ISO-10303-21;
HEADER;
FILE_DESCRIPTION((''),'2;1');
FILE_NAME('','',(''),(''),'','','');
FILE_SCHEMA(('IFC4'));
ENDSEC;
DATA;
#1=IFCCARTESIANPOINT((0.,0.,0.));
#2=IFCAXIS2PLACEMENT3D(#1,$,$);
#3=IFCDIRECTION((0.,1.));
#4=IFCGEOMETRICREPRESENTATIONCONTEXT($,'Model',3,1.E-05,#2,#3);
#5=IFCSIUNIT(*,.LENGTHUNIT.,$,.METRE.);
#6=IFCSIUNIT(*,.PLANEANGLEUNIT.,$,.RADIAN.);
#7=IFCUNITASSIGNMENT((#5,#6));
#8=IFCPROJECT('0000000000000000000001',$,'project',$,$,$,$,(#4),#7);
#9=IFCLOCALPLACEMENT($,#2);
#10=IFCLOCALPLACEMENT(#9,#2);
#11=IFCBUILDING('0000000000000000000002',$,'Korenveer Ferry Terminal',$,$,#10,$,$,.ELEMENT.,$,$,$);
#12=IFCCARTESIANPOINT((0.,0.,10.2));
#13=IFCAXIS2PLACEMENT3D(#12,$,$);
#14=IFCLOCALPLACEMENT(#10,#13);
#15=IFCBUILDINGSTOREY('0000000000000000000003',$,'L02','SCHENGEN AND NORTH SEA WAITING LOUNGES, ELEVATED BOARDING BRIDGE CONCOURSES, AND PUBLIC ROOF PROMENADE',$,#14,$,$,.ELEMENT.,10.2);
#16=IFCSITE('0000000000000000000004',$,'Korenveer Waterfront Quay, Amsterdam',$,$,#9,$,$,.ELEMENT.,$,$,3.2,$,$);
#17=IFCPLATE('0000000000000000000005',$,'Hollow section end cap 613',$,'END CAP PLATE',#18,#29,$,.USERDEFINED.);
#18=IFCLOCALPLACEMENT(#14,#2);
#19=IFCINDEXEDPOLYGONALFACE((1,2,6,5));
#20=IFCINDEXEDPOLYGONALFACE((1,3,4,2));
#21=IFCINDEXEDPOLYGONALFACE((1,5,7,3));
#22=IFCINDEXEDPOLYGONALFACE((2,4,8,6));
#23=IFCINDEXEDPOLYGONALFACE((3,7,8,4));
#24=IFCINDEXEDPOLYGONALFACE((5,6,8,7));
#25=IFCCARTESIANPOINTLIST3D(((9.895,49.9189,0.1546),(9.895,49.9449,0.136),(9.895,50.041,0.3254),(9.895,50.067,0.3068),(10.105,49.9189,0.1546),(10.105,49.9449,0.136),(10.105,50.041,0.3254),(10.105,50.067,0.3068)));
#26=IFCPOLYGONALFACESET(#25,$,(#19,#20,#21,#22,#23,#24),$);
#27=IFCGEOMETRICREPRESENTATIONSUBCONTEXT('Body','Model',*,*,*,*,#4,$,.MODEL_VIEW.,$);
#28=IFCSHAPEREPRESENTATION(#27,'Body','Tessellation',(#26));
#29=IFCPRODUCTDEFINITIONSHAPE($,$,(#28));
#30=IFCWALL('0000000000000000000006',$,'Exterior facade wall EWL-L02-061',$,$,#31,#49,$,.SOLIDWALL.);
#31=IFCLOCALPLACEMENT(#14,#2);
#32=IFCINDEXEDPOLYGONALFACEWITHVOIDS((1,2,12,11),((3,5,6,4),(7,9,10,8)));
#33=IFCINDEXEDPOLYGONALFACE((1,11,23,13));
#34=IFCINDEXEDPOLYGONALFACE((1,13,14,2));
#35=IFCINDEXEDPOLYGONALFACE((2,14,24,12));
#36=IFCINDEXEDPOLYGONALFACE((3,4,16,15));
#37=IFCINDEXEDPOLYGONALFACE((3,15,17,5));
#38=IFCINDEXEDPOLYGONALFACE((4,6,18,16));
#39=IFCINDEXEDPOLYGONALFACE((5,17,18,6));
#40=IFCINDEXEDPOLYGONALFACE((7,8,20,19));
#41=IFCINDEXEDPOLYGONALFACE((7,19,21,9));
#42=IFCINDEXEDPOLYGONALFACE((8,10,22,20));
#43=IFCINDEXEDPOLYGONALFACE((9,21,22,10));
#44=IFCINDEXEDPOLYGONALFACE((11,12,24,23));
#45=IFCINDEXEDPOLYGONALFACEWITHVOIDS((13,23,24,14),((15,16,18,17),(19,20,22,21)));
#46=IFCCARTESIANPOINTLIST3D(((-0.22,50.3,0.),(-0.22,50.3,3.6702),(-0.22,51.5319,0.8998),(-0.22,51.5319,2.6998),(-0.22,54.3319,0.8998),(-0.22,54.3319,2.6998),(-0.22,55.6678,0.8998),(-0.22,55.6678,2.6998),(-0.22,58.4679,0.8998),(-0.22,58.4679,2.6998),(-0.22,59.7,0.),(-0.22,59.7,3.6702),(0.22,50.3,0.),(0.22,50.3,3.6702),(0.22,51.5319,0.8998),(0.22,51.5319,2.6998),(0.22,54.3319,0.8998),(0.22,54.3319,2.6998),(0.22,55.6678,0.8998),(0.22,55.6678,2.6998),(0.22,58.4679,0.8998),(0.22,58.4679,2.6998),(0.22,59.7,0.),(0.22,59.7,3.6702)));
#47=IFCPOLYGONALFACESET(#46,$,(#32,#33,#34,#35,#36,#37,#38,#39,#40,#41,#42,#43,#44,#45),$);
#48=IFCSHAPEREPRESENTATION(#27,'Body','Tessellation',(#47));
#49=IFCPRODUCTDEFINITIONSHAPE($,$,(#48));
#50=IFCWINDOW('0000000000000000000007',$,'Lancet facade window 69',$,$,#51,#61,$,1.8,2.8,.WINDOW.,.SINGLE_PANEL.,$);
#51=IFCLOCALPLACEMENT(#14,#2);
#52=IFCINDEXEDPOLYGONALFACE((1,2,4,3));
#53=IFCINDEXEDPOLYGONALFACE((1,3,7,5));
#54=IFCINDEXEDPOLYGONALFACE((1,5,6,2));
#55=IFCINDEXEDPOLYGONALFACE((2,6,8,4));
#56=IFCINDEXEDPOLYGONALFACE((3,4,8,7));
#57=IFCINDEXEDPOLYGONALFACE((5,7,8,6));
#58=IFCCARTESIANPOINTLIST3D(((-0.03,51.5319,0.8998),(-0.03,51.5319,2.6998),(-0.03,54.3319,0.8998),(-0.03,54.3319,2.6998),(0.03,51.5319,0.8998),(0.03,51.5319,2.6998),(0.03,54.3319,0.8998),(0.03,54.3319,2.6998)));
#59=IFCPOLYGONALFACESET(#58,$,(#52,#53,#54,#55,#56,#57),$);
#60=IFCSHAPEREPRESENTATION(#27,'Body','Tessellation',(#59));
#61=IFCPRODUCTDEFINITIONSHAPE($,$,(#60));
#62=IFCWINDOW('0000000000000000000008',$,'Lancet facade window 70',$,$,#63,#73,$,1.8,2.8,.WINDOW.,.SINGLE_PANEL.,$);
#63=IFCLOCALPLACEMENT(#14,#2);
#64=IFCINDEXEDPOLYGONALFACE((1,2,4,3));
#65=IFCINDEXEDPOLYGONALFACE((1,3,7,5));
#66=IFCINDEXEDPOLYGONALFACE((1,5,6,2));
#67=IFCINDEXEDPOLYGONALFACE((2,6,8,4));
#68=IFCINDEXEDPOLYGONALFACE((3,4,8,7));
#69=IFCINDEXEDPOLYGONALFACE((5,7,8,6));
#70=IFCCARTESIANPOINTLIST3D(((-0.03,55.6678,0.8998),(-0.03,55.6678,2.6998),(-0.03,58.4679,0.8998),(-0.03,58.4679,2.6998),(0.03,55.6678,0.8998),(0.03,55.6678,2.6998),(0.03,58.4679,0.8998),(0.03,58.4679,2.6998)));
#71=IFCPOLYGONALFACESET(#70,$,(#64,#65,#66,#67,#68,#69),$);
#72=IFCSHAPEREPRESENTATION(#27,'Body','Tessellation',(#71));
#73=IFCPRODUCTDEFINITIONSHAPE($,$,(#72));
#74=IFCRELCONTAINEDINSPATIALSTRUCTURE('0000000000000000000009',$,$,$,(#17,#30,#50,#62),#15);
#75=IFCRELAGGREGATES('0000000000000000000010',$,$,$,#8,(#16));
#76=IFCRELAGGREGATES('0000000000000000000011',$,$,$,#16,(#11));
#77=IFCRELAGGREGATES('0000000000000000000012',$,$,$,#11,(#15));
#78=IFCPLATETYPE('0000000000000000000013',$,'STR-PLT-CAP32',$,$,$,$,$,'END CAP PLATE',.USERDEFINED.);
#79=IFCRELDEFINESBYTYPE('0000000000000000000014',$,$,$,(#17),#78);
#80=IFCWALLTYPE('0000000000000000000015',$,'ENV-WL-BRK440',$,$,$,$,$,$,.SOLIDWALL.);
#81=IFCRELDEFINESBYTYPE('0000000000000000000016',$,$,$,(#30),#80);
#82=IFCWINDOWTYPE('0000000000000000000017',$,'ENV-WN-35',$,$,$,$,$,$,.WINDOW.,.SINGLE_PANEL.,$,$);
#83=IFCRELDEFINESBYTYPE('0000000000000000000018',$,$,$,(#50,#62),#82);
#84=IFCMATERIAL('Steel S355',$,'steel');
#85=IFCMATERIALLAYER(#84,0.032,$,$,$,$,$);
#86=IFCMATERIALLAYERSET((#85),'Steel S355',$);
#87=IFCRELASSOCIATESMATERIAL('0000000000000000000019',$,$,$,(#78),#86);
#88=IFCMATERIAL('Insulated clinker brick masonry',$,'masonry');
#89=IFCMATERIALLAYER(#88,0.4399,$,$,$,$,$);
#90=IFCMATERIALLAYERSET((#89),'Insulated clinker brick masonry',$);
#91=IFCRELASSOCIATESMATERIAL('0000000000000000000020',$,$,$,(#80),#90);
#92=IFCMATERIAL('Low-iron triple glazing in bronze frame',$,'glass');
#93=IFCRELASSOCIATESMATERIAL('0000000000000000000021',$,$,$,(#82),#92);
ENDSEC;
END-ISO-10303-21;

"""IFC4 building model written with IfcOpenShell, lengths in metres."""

from ifc_helpers import new_model, si_unit, direction, frame, frame_2d, origin, origin_2d, place, context, subcontext, project, spatial, rectangle, extrude, material, layer, layer_set, type_object, element, fill, save


model = new_model("IFC4")

# Units and contexts
model_context = context("Model", 3, precision=1e-05, world=origin(), true_north=direction((0.0, 1.0)))
body_context = subcontext(model_context, "Body", "Model", "MODEL_VIEW")
ifc_project = project(units=[si_unit("LENGTHUNIT", "METRE"), si_unit("PLANEANGLEUNIT", "RADIAN")], contexts=[model_context])

# Site, building, storey
site_placement = place(None, origin())
site = spatial("IfcSite", under=ifc_project, at=site_placement, Name="Korenveer Waterfront Quay, Amsterdam", CompositionType="ELEMENT", RefElevation=3.2)
building_placement = place(site_placement, origin())
building = spatial("IfcBuilding", under=site, at=building_placement, Name="Korenveer Ferry Terminal", CompositionType="ELEMENT")
storey_placement = place(building_placement, frame((0.0, 0.0, 10.2)))
storey = spatial("IfcBuildingStorey", under=building, at=storey_placement, Name="L02", Description="SCHENGEN AND NORTH SEA WAITING LOUNGES, ELEVATED BOARDING BRIDGE CONCOURSES, AND PUBLIC ROOF PROMENADE", CompositionType="ELEMENT", Elevation=10.2)

# Shared definitions
ifc_material_1 = material(Name="Steel S355", Category="steel")

# Plate
ifc_layer_1 = layer(ifc_material_1, 0.032)
ifc_layer_set_1 = layer_set([ifc_layer_1], Name="Steel S355")
plate_type_1 = type_object("IfcPlateType", Name="STR-PLT-CAP32", ElementType="END CAP PLATE", PredefinedType="USERDEFINED", material=ifc_layer_set_1)
for number, where, z_axis, x_axis, name in (
    (1, (10.0, 49.98, 0.24), (0.0, 0.813513, -0.581547), (-1.0, 0.0, 0.0), "Hollow section end cap 613"),
):
    element("IfcPlate", number, at=place(storey_placement, frame(where, z_axis=z_axis, x_axis=x_axis)), inside=storey, type_object=plate_type_1, Name=name, ObjectType="END CAP PLATE", PredefinedType="USERDEFINED", context=body_context, shape_type="SweptSolid", body=[
        extrude(rectangle(XDim=0.21, YDim=0.21, at=origin_2d()), origin(), (0.0, 0.0, 1.0), 0.032),
    ])

# Wall, openings, windows
ifc_material_2 = material(Name="Insulated clinker brick masonry", Category="masonry")
ifc_layer_2 = layer(ifc_material_2, 0.4399)
ifc_layer_set_2 = layer_set([ifc_layer_2], Name="Insulated clinker brick masonry")
wall_type = type_object("IfcWallType", Name="ENV-WL-BRK440", PredefinedType="SOLIDWALL", material=ifc_layer_set_2)
wall_placement = place(storey_placement, frame((0.0, 50.3, 0.0), z_axis=(0.0, 0.0, 1.0), x_axis=(0.0, 1.0, 0.0)))
wall = element("IfcWall", 2, at=wall_placement, inside=storey, type_object=wall_type, Name="Exterior facade wall EWL-L02-061", PredefinedType="SOLIDWALL", context=body_context, shape_type="SweptSolid", body=[
    extrude(rectangle(XDim=9.3999, YDim=0.4399, at=frame_2d((4.7, 0.0))), origin(), (0.0, 0.0, 1.0), 3.6702),
])
opening_1_placement = place(wall_placement, frame((1.2319, 0.0, 0.8999)))
opening_1 = element("IfcOpeningElement", 3, at=opening_1_placement, cuts=wall, PredefinedType="OPENING", context=body_context, shape_type="SweptSolid", body=[
    extrude(rectangle(XDim=2.8, YDim=1.8, at=frame_2d((1.3999, 0.8999))), frame((0.0, 0.23, 0.0), z_axis=(0.0, -1.0, 0.0), x_axis=(1.0, 0.0, 0.0)), (0.0, 0.0, 1.0), 0.46),
])
opening_2_placement = place(wall_placement, frame((5.3679, 0.0, 0.8999)))
opening_2 = element("IfcOpeningElement", 4, at=opening_2_placement, cuts=wall, PredefinedType="OPENING", context=body_context, shape_type="SweptSolid", body=[
    extrude(rectangle(XDim=2.8, YDim=1.8, at=frame_2d((1.3999, 0.8999))), frame((0.0, 0.23, 0.0), z_axis=(0.0, -1.0, 0.0), x_axis=(1.0, 0.0, 0.0)), (0.0, 0.0, 1.0), 0.46),
])
ifc_material_3 = material(Name="Low-iron triple glazing in bronze frame", Category="glass")
window_type = type_object("IfcWindowType", Name="ENV-WN-35", PartitioningType="SINGLE_PANEL", PredefinedType="WINDOW", material=ifc_material_3)
window_1_placement = place(opening_1_placement, origin())
window_1 = element("IfcWindow", 5, at=window_1_placement, inside=storey, type_object=window_type, Name="Lancet facade window 69", OverallHeight=1.8, OverallWidth=2.8, PartitioningType="SINGLE_PANEL", PredefinedType="WINDOW", context=body_context, shape_type="SweptSolid", body=[
    extrude(rectangle(XDim=2.8, YDim=1.8, at=frame_2d((1.3999, 0.8999))), frame((0.0, 0.03, 0.0), z_axis=(0.0, -1.0, 0.0), x_axis=(1.0, 0.0, 0.0)), (0.0, 0.0, 1.0), 0.0601),
])
fill(opening_1, window_1)
window_2_placement = place(opening_2_placement, origin())
window_2 = element("IfcWindow", 6, at=window_2_placement, inside=storey, type_object=window_type, Name="Lancet facade window 70", OverallHeight=1.8, OverallWidth=2.8, PartitioningType="SINGLE_PANEL", PredefinedType="WINDOW", context=body_context, shape_type="SweptSolid", body=[
    extrude(rectangle(XDim=2.8, YDim=1.8, at=frame_2d((1.3999, 0.8999))), frame((0.0, 0.03, 0.0), z_axis=(0.0, -1.0, 0.0), x_axis=(1.0, 0.0, 0.0)), (0.0, 0.0, 1.0), 0.0601),
])
fill(opening_2, window_2)

save(model, "model.ifc")
